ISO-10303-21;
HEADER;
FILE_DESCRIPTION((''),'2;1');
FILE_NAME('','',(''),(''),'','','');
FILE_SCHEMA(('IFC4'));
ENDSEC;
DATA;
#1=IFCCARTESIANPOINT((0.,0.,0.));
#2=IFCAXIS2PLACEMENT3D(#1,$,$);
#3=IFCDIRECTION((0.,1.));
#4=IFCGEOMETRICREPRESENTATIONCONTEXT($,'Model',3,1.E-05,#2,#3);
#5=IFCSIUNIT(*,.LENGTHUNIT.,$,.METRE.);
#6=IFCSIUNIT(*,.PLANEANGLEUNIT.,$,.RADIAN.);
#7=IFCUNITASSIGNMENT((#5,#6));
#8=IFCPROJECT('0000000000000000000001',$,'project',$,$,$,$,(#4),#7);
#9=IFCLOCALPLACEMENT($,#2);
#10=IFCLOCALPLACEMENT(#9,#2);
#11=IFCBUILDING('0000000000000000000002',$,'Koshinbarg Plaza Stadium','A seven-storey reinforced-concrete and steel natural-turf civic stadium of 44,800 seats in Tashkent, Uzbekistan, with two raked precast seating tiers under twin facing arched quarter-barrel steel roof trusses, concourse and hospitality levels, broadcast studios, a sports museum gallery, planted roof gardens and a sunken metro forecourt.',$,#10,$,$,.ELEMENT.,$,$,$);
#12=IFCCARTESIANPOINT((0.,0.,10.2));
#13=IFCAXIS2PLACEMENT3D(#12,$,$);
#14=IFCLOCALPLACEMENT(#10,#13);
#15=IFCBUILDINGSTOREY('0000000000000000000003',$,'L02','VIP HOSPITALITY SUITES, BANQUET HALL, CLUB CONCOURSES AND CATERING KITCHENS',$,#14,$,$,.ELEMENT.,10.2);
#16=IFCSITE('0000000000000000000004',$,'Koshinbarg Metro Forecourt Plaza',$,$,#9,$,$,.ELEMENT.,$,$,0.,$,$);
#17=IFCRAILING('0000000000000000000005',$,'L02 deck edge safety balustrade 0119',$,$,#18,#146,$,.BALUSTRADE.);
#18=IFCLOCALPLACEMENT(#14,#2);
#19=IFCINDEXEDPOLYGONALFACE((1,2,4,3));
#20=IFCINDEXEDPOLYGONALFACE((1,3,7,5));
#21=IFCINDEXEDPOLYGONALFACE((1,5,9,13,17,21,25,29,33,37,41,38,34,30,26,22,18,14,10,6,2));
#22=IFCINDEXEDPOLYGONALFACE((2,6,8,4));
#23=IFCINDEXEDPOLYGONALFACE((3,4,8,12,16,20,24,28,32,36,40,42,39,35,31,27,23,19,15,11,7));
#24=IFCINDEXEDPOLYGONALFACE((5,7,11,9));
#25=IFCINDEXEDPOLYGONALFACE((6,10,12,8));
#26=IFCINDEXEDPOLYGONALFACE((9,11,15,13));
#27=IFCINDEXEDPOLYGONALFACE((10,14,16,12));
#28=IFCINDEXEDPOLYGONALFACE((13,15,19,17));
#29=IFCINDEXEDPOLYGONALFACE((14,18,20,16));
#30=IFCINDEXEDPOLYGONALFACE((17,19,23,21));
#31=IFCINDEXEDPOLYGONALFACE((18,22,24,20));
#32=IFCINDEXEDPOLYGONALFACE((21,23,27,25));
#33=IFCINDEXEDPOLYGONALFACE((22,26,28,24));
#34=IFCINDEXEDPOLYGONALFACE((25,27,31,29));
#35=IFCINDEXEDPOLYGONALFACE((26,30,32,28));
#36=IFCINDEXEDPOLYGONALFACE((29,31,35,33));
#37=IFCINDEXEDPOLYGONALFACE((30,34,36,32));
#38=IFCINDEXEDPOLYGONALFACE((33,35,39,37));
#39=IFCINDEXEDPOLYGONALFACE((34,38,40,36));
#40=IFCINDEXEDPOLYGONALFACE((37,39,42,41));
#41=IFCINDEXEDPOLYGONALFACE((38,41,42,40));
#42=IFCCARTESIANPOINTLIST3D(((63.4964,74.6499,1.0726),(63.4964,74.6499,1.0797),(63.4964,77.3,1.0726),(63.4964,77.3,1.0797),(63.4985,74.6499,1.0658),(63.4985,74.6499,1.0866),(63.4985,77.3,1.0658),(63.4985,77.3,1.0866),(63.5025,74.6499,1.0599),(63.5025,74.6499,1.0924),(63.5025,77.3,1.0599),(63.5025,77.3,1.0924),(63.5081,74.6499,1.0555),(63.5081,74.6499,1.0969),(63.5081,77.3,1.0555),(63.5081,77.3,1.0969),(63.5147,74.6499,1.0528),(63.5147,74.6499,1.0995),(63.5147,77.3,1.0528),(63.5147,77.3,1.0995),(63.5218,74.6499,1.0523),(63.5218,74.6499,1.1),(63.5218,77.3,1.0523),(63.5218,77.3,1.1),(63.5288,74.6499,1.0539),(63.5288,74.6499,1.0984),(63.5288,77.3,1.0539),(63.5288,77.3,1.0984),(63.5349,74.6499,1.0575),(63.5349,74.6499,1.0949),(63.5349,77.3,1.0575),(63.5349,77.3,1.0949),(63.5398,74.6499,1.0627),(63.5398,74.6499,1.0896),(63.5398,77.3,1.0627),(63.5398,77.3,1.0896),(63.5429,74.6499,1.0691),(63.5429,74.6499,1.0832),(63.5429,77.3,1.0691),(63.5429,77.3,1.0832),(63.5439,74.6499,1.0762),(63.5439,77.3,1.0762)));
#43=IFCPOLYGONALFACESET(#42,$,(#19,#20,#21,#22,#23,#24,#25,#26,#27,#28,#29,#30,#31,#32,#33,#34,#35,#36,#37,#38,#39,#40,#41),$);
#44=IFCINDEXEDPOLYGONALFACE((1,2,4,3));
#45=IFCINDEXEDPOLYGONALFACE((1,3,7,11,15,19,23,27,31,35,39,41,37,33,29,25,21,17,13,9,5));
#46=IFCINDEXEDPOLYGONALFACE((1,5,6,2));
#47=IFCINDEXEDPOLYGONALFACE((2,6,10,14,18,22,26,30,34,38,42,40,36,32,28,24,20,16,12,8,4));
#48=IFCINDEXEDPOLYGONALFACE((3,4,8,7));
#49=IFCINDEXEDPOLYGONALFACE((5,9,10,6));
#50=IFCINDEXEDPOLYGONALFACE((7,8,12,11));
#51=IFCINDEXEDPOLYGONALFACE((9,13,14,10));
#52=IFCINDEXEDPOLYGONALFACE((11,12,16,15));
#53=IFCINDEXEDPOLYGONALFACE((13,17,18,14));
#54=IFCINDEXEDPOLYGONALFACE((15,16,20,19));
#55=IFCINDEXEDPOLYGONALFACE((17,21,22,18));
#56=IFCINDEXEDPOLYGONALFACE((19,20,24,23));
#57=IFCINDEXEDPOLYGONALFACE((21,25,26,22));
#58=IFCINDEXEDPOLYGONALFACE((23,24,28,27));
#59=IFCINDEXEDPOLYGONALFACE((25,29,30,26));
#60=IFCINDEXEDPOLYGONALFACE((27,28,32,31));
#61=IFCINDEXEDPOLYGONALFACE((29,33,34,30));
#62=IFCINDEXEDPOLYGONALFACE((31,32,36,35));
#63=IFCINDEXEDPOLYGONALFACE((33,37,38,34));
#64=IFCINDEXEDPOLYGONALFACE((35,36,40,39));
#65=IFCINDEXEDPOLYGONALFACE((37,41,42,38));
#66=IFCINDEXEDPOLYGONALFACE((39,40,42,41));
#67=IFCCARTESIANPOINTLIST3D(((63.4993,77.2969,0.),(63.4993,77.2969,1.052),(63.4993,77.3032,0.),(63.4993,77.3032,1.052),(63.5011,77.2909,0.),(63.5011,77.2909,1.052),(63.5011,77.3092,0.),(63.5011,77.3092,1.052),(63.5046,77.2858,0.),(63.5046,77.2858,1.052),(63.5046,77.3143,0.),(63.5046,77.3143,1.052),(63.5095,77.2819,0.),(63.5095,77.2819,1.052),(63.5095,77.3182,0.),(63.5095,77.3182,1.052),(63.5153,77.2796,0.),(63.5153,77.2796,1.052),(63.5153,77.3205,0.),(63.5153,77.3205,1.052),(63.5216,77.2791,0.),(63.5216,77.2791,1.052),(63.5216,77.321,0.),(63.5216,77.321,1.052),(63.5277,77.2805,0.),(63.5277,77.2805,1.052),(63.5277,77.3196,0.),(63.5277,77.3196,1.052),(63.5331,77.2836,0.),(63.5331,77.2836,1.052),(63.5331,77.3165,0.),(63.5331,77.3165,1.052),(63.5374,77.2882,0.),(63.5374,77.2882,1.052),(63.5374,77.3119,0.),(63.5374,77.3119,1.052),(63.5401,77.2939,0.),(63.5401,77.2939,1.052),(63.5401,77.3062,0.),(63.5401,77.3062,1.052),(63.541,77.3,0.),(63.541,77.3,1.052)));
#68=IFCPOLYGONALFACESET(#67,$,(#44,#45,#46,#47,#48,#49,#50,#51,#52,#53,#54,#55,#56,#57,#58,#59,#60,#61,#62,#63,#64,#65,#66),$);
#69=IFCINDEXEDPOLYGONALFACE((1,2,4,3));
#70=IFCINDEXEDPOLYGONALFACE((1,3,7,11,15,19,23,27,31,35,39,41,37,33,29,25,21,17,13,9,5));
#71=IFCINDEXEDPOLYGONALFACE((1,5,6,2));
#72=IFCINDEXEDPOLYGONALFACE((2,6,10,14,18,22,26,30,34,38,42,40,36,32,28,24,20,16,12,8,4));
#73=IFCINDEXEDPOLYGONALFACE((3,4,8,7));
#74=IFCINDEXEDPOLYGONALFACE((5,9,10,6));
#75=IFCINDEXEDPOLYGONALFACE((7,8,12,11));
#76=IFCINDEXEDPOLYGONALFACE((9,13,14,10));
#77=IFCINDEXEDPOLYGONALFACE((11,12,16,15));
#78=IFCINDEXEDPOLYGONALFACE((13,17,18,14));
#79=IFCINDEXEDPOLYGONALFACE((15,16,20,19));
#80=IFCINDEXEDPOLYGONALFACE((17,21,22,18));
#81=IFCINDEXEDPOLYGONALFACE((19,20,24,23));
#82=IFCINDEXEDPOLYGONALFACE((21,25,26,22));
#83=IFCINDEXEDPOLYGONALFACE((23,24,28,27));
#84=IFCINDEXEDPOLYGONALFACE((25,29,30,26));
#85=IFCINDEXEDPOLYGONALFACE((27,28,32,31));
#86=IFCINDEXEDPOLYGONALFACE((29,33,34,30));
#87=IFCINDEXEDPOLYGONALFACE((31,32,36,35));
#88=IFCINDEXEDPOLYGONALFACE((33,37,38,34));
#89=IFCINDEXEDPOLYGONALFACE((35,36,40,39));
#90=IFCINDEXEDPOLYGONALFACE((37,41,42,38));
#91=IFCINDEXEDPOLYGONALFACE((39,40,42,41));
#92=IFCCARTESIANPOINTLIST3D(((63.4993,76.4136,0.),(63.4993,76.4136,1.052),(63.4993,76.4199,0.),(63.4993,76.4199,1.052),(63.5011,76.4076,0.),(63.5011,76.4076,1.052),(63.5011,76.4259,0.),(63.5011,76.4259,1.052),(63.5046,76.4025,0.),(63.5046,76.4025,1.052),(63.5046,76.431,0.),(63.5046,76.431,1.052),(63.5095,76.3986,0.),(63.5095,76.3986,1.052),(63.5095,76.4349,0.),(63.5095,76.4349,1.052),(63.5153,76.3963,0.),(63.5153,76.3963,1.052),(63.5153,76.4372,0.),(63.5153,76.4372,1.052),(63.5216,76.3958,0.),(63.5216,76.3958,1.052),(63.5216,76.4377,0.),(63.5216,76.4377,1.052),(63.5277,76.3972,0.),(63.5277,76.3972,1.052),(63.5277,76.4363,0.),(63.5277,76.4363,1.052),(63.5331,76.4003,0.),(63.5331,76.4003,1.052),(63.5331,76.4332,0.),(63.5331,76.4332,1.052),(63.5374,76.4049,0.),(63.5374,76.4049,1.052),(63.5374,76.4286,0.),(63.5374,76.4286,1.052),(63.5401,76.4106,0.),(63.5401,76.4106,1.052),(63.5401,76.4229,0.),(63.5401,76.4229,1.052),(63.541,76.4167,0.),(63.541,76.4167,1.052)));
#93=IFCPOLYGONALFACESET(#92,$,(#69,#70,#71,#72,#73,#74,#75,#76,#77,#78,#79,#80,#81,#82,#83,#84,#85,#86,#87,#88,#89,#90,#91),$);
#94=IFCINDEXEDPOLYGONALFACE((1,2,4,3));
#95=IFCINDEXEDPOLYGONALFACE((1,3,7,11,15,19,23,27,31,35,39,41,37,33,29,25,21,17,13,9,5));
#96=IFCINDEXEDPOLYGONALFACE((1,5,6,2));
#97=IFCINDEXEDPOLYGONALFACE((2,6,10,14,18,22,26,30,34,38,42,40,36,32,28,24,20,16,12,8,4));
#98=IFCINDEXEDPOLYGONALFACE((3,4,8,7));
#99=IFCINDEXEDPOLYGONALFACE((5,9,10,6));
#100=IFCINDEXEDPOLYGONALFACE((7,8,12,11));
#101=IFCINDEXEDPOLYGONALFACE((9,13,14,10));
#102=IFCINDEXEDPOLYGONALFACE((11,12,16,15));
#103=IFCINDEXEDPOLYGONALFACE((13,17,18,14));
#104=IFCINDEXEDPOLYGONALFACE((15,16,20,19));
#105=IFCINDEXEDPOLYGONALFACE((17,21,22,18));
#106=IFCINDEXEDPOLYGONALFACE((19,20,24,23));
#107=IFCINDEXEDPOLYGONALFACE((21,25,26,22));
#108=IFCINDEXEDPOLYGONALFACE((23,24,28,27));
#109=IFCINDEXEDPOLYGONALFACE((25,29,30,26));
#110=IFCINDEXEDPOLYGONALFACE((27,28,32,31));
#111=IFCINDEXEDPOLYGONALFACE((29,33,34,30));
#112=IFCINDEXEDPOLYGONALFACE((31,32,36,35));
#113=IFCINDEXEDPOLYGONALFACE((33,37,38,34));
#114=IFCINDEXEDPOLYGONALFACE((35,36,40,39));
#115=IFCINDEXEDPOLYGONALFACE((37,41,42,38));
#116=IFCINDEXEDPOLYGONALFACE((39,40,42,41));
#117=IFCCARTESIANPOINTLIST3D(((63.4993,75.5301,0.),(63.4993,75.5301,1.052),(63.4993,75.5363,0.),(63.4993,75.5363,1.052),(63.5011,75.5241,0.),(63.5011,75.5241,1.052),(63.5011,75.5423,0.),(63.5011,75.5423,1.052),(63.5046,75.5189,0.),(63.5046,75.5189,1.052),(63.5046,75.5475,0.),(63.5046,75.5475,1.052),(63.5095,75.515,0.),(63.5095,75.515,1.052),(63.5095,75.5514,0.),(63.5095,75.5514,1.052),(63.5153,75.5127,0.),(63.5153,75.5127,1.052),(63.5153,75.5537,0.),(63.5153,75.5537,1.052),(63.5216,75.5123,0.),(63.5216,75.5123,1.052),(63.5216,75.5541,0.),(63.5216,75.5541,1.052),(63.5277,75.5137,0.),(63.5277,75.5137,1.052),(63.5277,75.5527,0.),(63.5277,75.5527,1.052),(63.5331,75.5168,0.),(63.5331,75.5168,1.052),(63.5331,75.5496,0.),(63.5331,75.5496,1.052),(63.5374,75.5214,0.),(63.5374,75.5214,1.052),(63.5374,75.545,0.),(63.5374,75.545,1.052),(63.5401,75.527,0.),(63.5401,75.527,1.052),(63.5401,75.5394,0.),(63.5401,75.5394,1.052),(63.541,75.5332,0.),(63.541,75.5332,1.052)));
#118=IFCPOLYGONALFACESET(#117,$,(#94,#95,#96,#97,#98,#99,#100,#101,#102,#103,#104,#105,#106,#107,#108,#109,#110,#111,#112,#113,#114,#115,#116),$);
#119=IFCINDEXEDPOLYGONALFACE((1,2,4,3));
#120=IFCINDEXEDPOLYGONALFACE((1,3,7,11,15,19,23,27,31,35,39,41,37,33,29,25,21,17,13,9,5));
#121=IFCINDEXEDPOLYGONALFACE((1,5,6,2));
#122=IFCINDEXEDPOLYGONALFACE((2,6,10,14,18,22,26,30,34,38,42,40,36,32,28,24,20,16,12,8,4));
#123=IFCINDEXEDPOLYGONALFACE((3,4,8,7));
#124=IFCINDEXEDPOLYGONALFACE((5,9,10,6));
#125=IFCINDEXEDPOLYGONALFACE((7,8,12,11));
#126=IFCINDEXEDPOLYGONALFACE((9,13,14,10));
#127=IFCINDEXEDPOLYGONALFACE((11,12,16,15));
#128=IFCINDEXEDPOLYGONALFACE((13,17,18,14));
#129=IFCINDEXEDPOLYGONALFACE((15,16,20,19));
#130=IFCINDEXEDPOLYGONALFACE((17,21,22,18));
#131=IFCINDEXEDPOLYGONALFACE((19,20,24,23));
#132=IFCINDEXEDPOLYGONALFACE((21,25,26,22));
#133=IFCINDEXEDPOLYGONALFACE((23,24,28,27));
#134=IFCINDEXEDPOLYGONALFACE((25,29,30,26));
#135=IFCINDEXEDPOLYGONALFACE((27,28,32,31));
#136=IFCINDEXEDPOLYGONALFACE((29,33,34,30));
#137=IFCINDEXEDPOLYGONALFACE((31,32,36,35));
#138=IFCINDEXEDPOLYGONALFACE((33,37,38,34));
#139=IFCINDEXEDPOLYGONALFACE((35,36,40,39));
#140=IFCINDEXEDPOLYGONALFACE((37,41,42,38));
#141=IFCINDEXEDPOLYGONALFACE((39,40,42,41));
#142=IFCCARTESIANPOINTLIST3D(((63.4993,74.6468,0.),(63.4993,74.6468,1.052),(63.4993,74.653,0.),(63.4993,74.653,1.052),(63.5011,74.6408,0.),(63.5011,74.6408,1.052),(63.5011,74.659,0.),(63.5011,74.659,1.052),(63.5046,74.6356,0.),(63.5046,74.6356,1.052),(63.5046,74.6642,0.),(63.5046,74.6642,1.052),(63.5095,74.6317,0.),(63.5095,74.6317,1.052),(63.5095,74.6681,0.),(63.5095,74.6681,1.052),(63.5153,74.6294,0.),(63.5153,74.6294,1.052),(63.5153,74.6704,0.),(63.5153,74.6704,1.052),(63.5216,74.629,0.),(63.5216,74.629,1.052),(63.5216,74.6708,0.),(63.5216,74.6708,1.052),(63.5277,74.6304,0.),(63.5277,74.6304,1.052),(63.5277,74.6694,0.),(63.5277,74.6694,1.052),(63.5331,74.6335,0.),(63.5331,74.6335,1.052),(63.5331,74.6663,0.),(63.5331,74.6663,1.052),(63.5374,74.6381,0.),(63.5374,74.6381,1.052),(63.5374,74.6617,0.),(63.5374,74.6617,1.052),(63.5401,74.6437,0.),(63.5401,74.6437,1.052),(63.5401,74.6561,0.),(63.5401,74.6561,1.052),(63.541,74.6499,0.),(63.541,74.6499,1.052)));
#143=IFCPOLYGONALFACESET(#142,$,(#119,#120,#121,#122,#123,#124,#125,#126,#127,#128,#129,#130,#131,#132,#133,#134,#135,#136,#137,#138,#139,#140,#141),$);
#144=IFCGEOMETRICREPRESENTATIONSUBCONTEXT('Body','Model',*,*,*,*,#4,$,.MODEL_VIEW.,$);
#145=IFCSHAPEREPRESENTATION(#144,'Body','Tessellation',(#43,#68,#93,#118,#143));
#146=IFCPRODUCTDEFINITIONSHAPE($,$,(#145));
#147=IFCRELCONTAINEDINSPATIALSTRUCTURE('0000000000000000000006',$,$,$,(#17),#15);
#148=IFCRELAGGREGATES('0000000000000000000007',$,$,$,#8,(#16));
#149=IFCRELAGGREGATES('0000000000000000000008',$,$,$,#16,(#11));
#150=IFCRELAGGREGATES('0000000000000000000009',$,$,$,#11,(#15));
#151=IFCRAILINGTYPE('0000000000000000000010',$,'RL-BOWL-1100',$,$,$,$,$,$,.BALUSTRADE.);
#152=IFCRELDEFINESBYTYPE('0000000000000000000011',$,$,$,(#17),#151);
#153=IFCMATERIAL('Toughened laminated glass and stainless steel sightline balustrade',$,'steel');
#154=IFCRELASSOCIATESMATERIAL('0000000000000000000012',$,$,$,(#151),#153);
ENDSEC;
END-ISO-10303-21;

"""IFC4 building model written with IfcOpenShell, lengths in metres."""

from ifc_helpers import new_model, si_unit, direction, frame, origin, origin_2d, place, context, subcontext, project, spatial, circle, extrude, material, type_object, element, save


model = new_model("IFC4")

# Units and contexts
model_context = context("Model", 3, precision=1e-05, world=origin(), true_north=direction((0.0, 1.0)))
body_context = subcontext(model_context, "Body", "Model", "MODEL_VIEW")
ifc_project = project(units=[si_unit("LENGTHUNIT", "METRE"), si_unit("PLANEANGLEUNIT", "RADIAN")], contexts=[model_context])

# Site, building, storey
site_placement = place(None, origin())
site = spatial("IfcSite", under=ifc_project, at=site_placement, Name="Koshinbarg Metro Forecourt Plaza", CompositionType="ELEMENT", RefElevation=0.0)
building_placement = place(site_placement, origin())
building = spatial("IfcBuilding", under=site, at=building_placement, Name="Koshinbarg Plaza Stadium", Description="A seven-storey reinforced-concrete and steel natural-turf civic stadium of 44,800 seats in Tashkent, Uzbekistan, with two raked precast seating tiers under twin facing arched quarter-barrel steel roof trusses, concourse and hospitality levels, broadcast studios, a sports museum gallery, planted roof gardens and a sunken metro forecourt.", CompositionType="ELEMENT")
storey_placement = place(building_placement, frame((0.0, 0.0, 10.2)))
storey = spatial("IfcBuildingStorey", under=building, at=storey_placement, Name="L02", Description="VIP HOSPITALITY SUITES, BANQUET HALL, CLUB CONCOURSES AND CATERING KITCHENS", CompositionType="ELEMENT", Elevation=10.2)

# Railing
ifc_material_1 = material(Name="Toughened laminated glass and stainless steel sightline balustrade", Category="steel")
railing_type = type_object("IfcRailingType", Name="RL-BOWL-1100", PredefinedType="BALUSTRADE", material=ifc_material_1)
railing_1_placement = place(storey_placement, frame((63.52, 77.3, 0.0)))
element("IfcRailing", 1, at=railing_1_placement, inside=storey, type_object=railing_type, Name="L02 deck edge safety balustrade 0119", PredefinedType="BALUSTRADE", context=body_context, shape_type="SweptSolid", body=[
    extrude(circle(Radius=0.0239, at=origin_2d()), frame((0.0, 0.0, 1.0762), z_axis=(0.0, -1.0, 0.0), x_axis=(1.0, 0.0, 0.0)), (0.0, 0.0, 1.0), 2.6501),
    extrude(circle(Radius=0.021, at=origin_2d()), origin(), (0.0, 0.0, 1.0), 1.052),
    extrude(circle(Radius=0.021, at=origin_2d()), frame((0.0, -0.8833, 0.0)), (0.0, 0.0, 1.0), 1.052),
    extrude(circle(Radius=0.021, at=origin_2d()), frame((0.0, -1.7668, 0.0)), (0.0, 0.0, 1.0), 1.052),
    extrude(circle(Radius=0.021, at=origin_2d()), frame((0.0, -2.6501, 0.0)), (0.0, 0.0, 1.0), 1.052),
])

save(model, "model.ifc")
